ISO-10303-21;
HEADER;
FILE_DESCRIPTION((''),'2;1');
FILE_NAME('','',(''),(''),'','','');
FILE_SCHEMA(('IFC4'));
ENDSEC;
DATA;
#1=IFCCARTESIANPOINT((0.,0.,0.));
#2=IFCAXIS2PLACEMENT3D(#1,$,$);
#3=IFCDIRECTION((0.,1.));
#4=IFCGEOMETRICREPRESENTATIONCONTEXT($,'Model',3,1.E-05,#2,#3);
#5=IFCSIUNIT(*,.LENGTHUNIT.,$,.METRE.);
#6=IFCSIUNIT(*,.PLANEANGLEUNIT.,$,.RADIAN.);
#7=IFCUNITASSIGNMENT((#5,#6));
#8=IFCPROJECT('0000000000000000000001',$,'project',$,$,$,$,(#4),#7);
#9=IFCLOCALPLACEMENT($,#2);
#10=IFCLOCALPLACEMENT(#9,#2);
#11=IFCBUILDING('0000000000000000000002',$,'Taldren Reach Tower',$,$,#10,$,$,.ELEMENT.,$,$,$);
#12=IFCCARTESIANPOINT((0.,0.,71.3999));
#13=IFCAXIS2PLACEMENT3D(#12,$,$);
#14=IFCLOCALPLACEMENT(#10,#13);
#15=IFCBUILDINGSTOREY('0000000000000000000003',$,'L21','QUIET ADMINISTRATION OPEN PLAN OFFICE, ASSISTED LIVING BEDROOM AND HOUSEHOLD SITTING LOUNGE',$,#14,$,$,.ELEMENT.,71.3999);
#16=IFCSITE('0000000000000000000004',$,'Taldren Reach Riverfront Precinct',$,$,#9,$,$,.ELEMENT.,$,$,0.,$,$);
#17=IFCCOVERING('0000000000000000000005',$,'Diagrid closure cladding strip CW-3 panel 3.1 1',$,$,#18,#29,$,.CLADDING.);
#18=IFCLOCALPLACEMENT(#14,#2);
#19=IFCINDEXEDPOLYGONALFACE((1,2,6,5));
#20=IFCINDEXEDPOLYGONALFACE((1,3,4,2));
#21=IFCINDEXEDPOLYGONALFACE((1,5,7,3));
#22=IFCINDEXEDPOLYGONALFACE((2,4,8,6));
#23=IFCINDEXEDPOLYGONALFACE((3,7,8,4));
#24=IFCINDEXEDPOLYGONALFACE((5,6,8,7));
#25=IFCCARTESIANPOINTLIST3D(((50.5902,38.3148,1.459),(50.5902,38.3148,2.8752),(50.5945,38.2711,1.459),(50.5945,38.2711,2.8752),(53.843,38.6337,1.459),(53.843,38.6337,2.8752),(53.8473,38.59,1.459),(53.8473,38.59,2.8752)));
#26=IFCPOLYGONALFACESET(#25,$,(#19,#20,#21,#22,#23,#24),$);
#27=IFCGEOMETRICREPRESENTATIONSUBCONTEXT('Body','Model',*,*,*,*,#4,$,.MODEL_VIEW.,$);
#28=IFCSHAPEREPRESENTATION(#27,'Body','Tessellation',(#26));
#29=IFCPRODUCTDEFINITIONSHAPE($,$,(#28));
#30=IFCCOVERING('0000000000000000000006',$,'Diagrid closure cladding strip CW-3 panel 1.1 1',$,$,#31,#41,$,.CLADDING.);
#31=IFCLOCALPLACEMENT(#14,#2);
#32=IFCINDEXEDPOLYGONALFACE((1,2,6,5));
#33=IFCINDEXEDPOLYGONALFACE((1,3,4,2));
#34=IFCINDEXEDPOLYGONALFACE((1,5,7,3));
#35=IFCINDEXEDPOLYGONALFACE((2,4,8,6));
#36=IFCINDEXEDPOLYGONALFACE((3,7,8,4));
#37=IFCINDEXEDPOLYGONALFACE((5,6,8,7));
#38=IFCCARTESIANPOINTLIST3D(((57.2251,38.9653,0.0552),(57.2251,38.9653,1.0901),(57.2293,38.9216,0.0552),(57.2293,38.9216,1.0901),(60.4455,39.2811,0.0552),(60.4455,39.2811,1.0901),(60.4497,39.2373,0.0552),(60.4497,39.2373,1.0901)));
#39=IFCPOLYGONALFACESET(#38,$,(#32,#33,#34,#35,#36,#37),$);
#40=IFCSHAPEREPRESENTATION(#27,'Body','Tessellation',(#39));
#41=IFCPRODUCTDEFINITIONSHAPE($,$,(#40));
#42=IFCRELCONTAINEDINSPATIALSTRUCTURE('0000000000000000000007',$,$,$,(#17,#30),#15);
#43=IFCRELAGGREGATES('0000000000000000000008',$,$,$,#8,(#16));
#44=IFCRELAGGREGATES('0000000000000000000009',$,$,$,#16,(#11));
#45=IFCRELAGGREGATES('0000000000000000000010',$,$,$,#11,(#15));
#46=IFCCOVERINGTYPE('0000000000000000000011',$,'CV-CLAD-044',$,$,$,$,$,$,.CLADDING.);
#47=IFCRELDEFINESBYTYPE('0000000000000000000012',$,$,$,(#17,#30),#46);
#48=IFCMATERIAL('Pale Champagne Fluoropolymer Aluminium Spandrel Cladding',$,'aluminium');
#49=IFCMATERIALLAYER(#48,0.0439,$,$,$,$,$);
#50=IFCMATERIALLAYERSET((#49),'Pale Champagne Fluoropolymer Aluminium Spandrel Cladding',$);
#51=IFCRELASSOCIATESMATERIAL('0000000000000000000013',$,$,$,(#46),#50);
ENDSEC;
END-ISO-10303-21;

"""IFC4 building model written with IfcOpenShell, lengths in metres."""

from ifc_helpers import new_model, si_unit, direction, frame, origin, origin_2d, place, context, subcontext, project, spatial, rectangle, extrude, source, transform, mapped, material, layer, layer_set, type_object, element, save


model = new_model("IFC4")

# Units and contexts
model_context = context("Model", 3, precision=1e-05, world=origin(), true_north=direction((0.0, 1.0)))
body_context = subcontext(model_context, "Body", "Model", "MODEL_VIEW")
ifc_project = project(units=[si_unit("LENGTHUNIT", "METRE"), si_unit("PLANEANGLEUNIT", "RADIAN")], contexts=[model_context])

# Site, building, storey
site_placement = place(None, origin())
site = spatial("IfcSite", under=ifc_project, at=site_placement, Name="Taldren Reach Riverfront Precinct", CompositionType="ELEMENT", RefElevation=0.0)
building_placement = place(site_placement, origin())
building = spatial("IfcBuilding", under=site, at=building_placement, Name="Taldren Reach Tower", CompositionType="ELEMENT")
storey_placement = place(building_placement, frame((0.0, 0.0, 71.3999)))
storey = spatial("IfcBuildingStorey", under=building, at=storey_placement, Name="L21", Description="QUIET ADMINISTRATION OPEN PLAN OFFICE, ASSISTED LIVING BEDROOM AND HOUSEHOLD SITTING LOUNGE", CompositionType="ELEMENT", Elevation=71.3999)

# Coverings
ifc_material_1 = material(Name="Pale Champagne Fluoropolymer Aluminium Spandrel Cladding", Category="aluminium")
ifc_layer_1 = layer(ifc_material_1, 0.0439)
ifc_layer_set_1 = layer_set([ifc_layer_1], Name="Pale Champagne Fluoropolymer Aluminium Spandrel Cladding")
covering_type = type_object("IfcCoveringType", Name="CV-CLAD-044", PredefinedType="CLADDING", material=ifc_layer_set_1)
shared_shape_1 = source(origin(), body_context, "Body", "SweptSolid", [
    extrude(rectangle(XDim=3.2683, YDim=0.0439, at=origin_2d()), origin(), (0.0, 0.0, 1.0), 1.4163),
])
covering_1_placement = place(storey_placement, frame((52.2188, 38.4524, 1.459), z_axis=(0.0, 0.0, 1.0), x_axis=(-0.995227, -0.097583, 0.0)))
element("IfcCovering", 1, at=covering_1_placement, inside=storey, type_object=covering_type, Name="Diagrid closure cladding strip CW-3 panel 3.1 1", PredefinedType="CLADDING", context=body_context, shape_type="MappedRepresentation", body=[
    mapped(shared_shape_1, transform((0.0, 0.0, 0.0), scale=1.0)),
])
shared_shape_2 = source(origin(), body_context, "Body", "SweptSolid", [
    extrude(rectangle(XDim=3.2358, YDim=0.0439, at=origin_2d()), origin(), (0.0, 0.0, 1.0), 1.0349),
])
covering_2_placement = place(storey_placement, frame((58.8374, 39.1013, 0.0552), z_axis=(0.0, 0.0, 1.0), x_axis=(-0.995227, -0.097583, 0.0)))
element("IfcCovering", 2, at=covering_2_placement, inside=storey, type_object=covering_type, Name="Diagrid closure cladding strip CW-3 panel 1.1 1", PredefinedType="CLADDING", context=body_context, shape_type="MappedRepresentation", body=[
    mapped(shared_shape_2, transform((0.0, 0.0, 0.0), scale=1.0)),
])

save(model, "model.ifc")
